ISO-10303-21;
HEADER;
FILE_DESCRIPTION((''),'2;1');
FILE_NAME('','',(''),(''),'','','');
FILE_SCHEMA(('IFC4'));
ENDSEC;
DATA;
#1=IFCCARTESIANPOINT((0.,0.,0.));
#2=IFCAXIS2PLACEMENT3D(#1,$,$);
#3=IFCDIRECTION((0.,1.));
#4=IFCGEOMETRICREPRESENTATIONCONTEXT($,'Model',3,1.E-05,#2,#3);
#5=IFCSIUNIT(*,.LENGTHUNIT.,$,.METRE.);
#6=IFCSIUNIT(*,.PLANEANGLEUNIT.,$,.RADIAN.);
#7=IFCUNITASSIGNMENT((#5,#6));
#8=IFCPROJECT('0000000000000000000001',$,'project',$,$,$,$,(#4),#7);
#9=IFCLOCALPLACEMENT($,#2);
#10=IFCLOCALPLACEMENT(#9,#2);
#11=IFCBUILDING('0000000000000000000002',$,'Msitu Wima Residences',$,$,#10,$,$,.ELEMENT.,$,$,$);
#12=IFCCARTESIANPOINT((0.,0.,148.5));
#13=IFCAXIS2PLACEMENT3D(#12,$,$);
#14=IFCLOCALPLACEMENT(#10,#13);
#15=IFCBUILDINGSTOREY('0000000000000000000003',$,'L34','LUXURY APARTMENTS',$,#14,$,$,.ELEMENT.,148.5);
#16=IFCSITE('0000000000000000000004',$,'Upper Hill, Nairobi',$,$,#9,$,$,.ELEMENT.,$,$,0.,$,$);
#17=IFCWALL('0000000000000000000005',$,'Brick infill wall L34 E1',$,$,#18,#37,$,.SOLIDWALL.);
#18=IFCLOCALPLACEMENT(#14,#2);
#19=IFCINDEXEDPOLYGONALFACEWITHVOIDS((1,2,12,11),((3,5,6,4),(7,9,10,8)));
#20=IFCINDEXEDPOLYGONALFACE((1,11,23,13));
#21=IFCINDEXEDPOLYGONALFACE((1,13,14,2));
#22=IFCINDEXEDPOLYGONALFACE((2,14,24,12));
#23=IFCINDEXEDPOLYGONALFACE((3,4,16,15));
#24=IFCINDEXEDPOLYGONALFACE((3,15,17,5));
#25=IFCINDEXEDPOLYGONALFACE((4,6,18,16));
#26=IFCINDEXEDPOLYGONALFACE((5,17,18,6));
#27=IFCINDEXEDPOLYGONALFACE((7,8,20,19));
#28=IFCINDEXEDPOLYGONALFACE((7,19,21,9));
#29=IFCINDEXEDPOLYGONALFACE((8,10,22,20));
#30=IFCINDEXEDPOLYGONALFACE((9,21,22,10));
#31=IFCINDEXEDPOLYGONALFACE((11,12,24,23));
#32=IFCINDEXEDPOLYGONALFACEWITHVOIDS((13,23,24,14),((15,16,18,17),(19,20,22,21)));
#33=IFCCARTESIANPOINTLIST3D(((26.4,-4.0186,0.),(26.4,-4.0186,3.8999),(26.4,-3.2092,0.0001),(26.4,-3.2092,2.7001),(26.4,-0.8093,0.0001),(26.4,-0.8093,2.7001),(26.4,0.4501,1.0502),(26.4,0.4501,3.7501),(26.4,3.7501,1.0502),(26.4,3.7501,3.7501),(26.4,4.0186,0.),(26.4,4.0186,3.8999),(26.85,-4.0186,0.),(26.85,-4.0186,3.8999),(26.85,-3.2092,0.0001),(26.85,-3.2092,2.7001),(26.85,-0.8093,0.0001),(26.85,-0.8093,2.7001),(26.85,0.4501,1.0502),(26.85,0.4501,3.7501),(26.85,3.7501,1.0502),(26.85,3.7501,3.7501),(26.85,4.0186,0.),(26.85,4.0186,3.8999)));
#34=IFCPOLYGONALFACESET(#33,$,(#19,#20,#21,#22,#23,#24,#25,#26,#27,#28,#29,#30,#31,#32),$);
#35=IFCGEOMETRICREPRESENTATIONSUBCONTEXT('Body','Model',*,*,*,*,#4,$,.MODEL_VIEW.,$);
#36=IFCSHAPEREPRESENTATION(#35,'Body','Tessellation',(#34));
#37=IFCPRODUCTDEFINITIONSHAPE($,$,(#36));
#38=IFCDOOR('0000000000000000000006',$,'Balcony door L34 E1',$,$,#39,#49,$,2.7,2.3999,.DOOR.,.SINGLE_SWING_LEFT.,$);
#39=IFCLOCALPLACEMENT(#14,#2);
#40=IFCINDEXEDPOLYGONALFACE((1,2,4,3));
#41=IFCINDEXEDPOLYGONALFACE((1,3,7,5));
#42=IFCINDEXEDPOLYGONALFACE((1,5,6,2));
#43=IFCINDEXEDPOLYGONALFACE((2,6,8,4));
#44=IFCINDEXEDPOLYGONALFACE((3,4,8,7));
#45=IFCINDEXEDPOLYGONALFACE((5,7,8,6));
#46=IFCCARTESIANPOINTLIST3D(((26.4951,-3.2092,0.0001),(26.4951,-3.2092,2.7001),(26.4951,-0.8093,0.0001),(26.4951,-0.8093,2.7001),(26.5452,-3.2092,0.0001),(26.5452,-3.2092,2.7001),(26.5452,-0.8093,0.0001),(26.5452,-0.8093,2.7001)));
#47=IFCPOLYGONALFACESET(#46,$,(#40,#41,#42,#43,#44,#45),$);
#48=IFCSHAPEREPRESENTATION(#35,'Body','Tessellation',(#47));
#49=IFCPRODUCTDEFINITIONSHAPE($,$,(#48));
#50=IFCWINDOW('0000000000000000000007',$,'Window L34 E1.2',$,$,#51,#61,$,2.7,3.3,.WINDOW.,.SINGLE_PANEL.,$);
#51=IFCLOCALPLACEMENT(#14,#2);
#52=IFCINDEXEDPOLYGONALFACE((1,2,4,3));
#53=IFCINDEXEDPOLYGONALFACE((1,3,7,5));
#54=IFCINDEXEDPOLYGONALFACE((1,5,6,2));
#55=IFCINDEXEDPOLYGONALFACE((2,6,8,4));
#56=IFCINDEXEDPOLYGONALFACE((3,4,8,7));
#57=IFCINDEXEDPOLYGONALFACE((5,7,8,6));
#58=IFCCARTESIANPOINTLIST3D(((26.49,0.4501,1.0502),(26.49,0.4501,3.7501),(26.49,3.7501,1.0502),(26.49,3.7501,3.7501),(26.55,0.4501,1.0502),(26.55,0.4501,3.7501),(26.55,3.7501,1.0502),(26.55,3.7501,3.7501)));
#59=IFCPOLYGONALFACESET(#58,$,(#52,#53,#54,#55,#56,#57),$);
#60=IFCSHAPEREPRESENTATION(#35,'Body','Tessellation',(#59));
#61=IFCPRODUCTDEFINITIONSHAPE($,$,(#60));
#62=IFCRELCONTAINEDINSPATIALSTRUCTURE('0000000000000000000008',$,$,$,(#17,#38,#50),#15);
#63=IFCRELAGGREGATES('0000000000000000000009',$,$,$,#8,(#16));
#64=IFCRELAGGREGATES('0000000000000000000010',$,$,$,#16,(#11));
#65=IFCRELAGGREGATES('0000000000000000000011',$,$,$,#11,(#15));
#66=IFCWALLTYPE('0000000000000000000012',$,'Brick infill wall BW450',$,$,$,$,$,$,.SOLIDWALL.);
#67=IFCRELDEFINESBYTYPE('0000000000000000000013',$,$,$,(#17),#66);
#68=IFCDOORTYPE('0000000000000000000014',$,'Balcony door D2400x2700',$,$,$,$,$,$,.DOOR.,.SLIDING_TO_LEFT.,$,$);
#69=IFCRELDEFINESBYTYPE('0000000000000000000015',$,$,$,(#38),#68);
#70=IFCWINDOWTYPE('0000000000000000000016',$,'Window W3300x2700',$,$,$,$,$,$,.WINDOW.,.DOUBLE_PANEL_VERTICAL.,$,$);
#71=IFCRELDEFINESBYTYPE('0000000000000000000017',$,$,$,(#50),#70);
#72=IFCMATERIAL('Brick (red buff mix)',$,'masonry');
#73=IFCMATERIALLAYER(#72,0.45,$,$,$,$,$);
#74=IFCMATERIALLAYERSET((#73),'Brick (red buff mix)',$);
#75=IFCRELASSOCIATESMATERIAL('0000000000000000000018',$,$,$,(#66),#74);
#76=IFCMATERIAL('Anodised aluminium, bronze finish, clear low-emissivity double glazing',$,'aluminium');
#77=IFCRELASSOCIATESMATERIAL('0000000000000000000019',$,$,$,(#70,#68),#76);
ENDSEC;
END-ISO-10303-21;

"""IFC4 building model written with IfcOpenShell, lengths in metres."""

from ifc_helpers import new_model, si_unit, direction, frame, frame_2d, origin, place, context, subcontext, project, spatial, rectangle, extrude, material, layer, layer_set, type_object, element, fill, save


model = new_model("IFC4")

# Units and contexts
model_context = context("Model", 3, precision=1e-05, world=origin(), true_north=direction((0.0, 1.0)))
body_context = subcontext(model_context, "Body", "Model", "MODEL_VIEW")
ifc_project = project(units=[si_unit("LENGTHUNIT", "METRE"), si_unit("PLANEANGLEUNIT", "RADIAN")], contexts=[model_context])

# Site, building, storey
site_placement = place(None, origin())
site = spatial("IfcSite", under=ifc_project, at=site_placement, Name="Upper Hill, Nairobi", CompositionType="ELEMENT", RefElevation=0.0)
building_placement = place(site_placement, origin())
building = spatial("IfcBuilding", under=site, at=building_placement, Name="Msitu Wima Residences", CompositionType="ELEMENT")
storey_placement = place(building_placement, frame((0.0, 0.0, 148.5)))
storey = spatial("IfcBuildingStorey", under=building, at=storey_placement, Name="L34", Description="LUXURY APARTMENTS", CompositionType="ELEMENT", Elevation=148.5)

# Shared definitions
ifc_material_1 = material(Name="Brick (red buff mix)", Category="masonry")
ifc_layer_1 = layer(ifc_material_1, 0.45)
ifc_layer_set_1 = layer_set([ifc_layer_1], Name="Brick (red buff mix)")
wall_type_1 = type_object("IfcWallType", Name="Brick infill wall BW450", PredefinedType="SOLIDWALL", material=ifc_layer_set_1)
ifc_material_2 = material(Name="Anodised aluminium, bronze finish, clear low-emissivity double glazing", Category="aluminium")
window_type = type_object("IfcWindowType", Name="Window W3300x2700", PartitioningType="DOUBLE_PANEL_VERTICAL", PredefinedType="WINDOW", material=ifc_material_2)

# Wall, openings, door, window
wall_1_placement = place(storey_placement, frame((26.625, -4.0186, 0.0), z_axis=(0.0, 0.0, 1.0), x_axis=(0.0, 1.0, 0.0)))
wall_1 = element("IfcWall", 1, at=wall_1_placement, inside=storey, type_object=wall_type_1, Name="Brick infill wall L34 E1", PredefinedType="SOLIDWALL", context=body_context, shape_type="SweptSolid", body=[
    extrude(rectangle(XDim=8.0371, YDim=0.45, at=frame_2d((4.0186, 0.0))), origin(), (0.0, 0.0, 1.0), 3.8999),
])
opening_1_placement = place(wall_1_placement, frame((0.8093, 0.0, 0.0)))
opening_1 = element("IfcOpeningElement", 2, at=opening_1_placement, cuts=wall_1, PredefinedType="OPENING", context=body_context, shape_type="SweptSolid", body=[
    extrude(rectangle(XDim=2.3999, YDim=2.7, at=frame_2d((1.2, 1.3501))), frame((0.0, 0.2349, 0.0), z_axis=(0.0, -1.0, 0.0), x_axis=(1.0, 0.0, 0.0)), (0.0, 0.0, 1.0), 0.47),
])
opening_2_placement = place(wall_1_placement, frame((4.4688, 0.0, 1.05)))
opening_2 = element("IfcOpeningElement", 3, at=opening_2_placement, cuts=wall_1, PredefinedType="OPENING", context=body_context, shape_type="SweptSolid", body=[
    extrude(rectangle(XDim=3.3, YDim=2.7, at=frame_2d((1.6499, 1.3501))), frame((0.0, 0.2349, 0.0), z_axis=(0.0, -1.0, 0.0), x_axis=(1.0, 0.0, 0.0)), (0.0, 0.0, 1.0), 0.47),
])
door_type = type_object("IfcDoorType", Name="Balcony door D2400x2700", OperationType="SLIDING_TO_LEFT", PredefinedType="DOOR", material=ifc_material_2)
door_placement = place(opening_1_placement, origin())
door = element("IfcDoor", 4, at=door_placement, inside=storey, type_object=door_type, Name="Balcony door L34 E1", OperationType="SINGLE_SWING_LEFT", OverallHeight=2.7, OverallWidth=2.3999, PredefinedType="DOOR", context=body_context, shape_type="SweptSolid", body=[
    extrude(rectangle(XDim=2.3999, YDim=2.7, at=frame_2d((1.2, 1.3501))), frame((0.0, 0.1299, 0.0), z_axis=(0.0, -1.0, 0.0), x_axis=(1.0, 0.0, 0.0)), (0.0, 0.0, 1.0), 0.05),
])
fill(opening_1, door)
window_1_placement = place(opening_2_placement, origin())
window_1 = element("IfcWindow", 5, at=window_1_placement, inside=storey, type_object=window_type, Name="Window L34 E1.2", OverallHeight=2.7, OverallWidth=3.3, PartitioningType="SINGLE_PANEL", PredefinedType="WINDOW", context=body_context, shape_type="SweptSolid", body=[
    extrude(rectangle(XDim=3.3, YDim=2.7, at=frame_2d((1.6499, 1.3501))), frame((0.0, 0.135, 0.0), z_axis=(0.0, -1.0, 0.0), x_axis=(1.0, 0.0, 0.0)), (0.0, 0.0, 1.0), 0.0601),
])
fill(opening_2, window_1)

save(model, "model.ifc")
